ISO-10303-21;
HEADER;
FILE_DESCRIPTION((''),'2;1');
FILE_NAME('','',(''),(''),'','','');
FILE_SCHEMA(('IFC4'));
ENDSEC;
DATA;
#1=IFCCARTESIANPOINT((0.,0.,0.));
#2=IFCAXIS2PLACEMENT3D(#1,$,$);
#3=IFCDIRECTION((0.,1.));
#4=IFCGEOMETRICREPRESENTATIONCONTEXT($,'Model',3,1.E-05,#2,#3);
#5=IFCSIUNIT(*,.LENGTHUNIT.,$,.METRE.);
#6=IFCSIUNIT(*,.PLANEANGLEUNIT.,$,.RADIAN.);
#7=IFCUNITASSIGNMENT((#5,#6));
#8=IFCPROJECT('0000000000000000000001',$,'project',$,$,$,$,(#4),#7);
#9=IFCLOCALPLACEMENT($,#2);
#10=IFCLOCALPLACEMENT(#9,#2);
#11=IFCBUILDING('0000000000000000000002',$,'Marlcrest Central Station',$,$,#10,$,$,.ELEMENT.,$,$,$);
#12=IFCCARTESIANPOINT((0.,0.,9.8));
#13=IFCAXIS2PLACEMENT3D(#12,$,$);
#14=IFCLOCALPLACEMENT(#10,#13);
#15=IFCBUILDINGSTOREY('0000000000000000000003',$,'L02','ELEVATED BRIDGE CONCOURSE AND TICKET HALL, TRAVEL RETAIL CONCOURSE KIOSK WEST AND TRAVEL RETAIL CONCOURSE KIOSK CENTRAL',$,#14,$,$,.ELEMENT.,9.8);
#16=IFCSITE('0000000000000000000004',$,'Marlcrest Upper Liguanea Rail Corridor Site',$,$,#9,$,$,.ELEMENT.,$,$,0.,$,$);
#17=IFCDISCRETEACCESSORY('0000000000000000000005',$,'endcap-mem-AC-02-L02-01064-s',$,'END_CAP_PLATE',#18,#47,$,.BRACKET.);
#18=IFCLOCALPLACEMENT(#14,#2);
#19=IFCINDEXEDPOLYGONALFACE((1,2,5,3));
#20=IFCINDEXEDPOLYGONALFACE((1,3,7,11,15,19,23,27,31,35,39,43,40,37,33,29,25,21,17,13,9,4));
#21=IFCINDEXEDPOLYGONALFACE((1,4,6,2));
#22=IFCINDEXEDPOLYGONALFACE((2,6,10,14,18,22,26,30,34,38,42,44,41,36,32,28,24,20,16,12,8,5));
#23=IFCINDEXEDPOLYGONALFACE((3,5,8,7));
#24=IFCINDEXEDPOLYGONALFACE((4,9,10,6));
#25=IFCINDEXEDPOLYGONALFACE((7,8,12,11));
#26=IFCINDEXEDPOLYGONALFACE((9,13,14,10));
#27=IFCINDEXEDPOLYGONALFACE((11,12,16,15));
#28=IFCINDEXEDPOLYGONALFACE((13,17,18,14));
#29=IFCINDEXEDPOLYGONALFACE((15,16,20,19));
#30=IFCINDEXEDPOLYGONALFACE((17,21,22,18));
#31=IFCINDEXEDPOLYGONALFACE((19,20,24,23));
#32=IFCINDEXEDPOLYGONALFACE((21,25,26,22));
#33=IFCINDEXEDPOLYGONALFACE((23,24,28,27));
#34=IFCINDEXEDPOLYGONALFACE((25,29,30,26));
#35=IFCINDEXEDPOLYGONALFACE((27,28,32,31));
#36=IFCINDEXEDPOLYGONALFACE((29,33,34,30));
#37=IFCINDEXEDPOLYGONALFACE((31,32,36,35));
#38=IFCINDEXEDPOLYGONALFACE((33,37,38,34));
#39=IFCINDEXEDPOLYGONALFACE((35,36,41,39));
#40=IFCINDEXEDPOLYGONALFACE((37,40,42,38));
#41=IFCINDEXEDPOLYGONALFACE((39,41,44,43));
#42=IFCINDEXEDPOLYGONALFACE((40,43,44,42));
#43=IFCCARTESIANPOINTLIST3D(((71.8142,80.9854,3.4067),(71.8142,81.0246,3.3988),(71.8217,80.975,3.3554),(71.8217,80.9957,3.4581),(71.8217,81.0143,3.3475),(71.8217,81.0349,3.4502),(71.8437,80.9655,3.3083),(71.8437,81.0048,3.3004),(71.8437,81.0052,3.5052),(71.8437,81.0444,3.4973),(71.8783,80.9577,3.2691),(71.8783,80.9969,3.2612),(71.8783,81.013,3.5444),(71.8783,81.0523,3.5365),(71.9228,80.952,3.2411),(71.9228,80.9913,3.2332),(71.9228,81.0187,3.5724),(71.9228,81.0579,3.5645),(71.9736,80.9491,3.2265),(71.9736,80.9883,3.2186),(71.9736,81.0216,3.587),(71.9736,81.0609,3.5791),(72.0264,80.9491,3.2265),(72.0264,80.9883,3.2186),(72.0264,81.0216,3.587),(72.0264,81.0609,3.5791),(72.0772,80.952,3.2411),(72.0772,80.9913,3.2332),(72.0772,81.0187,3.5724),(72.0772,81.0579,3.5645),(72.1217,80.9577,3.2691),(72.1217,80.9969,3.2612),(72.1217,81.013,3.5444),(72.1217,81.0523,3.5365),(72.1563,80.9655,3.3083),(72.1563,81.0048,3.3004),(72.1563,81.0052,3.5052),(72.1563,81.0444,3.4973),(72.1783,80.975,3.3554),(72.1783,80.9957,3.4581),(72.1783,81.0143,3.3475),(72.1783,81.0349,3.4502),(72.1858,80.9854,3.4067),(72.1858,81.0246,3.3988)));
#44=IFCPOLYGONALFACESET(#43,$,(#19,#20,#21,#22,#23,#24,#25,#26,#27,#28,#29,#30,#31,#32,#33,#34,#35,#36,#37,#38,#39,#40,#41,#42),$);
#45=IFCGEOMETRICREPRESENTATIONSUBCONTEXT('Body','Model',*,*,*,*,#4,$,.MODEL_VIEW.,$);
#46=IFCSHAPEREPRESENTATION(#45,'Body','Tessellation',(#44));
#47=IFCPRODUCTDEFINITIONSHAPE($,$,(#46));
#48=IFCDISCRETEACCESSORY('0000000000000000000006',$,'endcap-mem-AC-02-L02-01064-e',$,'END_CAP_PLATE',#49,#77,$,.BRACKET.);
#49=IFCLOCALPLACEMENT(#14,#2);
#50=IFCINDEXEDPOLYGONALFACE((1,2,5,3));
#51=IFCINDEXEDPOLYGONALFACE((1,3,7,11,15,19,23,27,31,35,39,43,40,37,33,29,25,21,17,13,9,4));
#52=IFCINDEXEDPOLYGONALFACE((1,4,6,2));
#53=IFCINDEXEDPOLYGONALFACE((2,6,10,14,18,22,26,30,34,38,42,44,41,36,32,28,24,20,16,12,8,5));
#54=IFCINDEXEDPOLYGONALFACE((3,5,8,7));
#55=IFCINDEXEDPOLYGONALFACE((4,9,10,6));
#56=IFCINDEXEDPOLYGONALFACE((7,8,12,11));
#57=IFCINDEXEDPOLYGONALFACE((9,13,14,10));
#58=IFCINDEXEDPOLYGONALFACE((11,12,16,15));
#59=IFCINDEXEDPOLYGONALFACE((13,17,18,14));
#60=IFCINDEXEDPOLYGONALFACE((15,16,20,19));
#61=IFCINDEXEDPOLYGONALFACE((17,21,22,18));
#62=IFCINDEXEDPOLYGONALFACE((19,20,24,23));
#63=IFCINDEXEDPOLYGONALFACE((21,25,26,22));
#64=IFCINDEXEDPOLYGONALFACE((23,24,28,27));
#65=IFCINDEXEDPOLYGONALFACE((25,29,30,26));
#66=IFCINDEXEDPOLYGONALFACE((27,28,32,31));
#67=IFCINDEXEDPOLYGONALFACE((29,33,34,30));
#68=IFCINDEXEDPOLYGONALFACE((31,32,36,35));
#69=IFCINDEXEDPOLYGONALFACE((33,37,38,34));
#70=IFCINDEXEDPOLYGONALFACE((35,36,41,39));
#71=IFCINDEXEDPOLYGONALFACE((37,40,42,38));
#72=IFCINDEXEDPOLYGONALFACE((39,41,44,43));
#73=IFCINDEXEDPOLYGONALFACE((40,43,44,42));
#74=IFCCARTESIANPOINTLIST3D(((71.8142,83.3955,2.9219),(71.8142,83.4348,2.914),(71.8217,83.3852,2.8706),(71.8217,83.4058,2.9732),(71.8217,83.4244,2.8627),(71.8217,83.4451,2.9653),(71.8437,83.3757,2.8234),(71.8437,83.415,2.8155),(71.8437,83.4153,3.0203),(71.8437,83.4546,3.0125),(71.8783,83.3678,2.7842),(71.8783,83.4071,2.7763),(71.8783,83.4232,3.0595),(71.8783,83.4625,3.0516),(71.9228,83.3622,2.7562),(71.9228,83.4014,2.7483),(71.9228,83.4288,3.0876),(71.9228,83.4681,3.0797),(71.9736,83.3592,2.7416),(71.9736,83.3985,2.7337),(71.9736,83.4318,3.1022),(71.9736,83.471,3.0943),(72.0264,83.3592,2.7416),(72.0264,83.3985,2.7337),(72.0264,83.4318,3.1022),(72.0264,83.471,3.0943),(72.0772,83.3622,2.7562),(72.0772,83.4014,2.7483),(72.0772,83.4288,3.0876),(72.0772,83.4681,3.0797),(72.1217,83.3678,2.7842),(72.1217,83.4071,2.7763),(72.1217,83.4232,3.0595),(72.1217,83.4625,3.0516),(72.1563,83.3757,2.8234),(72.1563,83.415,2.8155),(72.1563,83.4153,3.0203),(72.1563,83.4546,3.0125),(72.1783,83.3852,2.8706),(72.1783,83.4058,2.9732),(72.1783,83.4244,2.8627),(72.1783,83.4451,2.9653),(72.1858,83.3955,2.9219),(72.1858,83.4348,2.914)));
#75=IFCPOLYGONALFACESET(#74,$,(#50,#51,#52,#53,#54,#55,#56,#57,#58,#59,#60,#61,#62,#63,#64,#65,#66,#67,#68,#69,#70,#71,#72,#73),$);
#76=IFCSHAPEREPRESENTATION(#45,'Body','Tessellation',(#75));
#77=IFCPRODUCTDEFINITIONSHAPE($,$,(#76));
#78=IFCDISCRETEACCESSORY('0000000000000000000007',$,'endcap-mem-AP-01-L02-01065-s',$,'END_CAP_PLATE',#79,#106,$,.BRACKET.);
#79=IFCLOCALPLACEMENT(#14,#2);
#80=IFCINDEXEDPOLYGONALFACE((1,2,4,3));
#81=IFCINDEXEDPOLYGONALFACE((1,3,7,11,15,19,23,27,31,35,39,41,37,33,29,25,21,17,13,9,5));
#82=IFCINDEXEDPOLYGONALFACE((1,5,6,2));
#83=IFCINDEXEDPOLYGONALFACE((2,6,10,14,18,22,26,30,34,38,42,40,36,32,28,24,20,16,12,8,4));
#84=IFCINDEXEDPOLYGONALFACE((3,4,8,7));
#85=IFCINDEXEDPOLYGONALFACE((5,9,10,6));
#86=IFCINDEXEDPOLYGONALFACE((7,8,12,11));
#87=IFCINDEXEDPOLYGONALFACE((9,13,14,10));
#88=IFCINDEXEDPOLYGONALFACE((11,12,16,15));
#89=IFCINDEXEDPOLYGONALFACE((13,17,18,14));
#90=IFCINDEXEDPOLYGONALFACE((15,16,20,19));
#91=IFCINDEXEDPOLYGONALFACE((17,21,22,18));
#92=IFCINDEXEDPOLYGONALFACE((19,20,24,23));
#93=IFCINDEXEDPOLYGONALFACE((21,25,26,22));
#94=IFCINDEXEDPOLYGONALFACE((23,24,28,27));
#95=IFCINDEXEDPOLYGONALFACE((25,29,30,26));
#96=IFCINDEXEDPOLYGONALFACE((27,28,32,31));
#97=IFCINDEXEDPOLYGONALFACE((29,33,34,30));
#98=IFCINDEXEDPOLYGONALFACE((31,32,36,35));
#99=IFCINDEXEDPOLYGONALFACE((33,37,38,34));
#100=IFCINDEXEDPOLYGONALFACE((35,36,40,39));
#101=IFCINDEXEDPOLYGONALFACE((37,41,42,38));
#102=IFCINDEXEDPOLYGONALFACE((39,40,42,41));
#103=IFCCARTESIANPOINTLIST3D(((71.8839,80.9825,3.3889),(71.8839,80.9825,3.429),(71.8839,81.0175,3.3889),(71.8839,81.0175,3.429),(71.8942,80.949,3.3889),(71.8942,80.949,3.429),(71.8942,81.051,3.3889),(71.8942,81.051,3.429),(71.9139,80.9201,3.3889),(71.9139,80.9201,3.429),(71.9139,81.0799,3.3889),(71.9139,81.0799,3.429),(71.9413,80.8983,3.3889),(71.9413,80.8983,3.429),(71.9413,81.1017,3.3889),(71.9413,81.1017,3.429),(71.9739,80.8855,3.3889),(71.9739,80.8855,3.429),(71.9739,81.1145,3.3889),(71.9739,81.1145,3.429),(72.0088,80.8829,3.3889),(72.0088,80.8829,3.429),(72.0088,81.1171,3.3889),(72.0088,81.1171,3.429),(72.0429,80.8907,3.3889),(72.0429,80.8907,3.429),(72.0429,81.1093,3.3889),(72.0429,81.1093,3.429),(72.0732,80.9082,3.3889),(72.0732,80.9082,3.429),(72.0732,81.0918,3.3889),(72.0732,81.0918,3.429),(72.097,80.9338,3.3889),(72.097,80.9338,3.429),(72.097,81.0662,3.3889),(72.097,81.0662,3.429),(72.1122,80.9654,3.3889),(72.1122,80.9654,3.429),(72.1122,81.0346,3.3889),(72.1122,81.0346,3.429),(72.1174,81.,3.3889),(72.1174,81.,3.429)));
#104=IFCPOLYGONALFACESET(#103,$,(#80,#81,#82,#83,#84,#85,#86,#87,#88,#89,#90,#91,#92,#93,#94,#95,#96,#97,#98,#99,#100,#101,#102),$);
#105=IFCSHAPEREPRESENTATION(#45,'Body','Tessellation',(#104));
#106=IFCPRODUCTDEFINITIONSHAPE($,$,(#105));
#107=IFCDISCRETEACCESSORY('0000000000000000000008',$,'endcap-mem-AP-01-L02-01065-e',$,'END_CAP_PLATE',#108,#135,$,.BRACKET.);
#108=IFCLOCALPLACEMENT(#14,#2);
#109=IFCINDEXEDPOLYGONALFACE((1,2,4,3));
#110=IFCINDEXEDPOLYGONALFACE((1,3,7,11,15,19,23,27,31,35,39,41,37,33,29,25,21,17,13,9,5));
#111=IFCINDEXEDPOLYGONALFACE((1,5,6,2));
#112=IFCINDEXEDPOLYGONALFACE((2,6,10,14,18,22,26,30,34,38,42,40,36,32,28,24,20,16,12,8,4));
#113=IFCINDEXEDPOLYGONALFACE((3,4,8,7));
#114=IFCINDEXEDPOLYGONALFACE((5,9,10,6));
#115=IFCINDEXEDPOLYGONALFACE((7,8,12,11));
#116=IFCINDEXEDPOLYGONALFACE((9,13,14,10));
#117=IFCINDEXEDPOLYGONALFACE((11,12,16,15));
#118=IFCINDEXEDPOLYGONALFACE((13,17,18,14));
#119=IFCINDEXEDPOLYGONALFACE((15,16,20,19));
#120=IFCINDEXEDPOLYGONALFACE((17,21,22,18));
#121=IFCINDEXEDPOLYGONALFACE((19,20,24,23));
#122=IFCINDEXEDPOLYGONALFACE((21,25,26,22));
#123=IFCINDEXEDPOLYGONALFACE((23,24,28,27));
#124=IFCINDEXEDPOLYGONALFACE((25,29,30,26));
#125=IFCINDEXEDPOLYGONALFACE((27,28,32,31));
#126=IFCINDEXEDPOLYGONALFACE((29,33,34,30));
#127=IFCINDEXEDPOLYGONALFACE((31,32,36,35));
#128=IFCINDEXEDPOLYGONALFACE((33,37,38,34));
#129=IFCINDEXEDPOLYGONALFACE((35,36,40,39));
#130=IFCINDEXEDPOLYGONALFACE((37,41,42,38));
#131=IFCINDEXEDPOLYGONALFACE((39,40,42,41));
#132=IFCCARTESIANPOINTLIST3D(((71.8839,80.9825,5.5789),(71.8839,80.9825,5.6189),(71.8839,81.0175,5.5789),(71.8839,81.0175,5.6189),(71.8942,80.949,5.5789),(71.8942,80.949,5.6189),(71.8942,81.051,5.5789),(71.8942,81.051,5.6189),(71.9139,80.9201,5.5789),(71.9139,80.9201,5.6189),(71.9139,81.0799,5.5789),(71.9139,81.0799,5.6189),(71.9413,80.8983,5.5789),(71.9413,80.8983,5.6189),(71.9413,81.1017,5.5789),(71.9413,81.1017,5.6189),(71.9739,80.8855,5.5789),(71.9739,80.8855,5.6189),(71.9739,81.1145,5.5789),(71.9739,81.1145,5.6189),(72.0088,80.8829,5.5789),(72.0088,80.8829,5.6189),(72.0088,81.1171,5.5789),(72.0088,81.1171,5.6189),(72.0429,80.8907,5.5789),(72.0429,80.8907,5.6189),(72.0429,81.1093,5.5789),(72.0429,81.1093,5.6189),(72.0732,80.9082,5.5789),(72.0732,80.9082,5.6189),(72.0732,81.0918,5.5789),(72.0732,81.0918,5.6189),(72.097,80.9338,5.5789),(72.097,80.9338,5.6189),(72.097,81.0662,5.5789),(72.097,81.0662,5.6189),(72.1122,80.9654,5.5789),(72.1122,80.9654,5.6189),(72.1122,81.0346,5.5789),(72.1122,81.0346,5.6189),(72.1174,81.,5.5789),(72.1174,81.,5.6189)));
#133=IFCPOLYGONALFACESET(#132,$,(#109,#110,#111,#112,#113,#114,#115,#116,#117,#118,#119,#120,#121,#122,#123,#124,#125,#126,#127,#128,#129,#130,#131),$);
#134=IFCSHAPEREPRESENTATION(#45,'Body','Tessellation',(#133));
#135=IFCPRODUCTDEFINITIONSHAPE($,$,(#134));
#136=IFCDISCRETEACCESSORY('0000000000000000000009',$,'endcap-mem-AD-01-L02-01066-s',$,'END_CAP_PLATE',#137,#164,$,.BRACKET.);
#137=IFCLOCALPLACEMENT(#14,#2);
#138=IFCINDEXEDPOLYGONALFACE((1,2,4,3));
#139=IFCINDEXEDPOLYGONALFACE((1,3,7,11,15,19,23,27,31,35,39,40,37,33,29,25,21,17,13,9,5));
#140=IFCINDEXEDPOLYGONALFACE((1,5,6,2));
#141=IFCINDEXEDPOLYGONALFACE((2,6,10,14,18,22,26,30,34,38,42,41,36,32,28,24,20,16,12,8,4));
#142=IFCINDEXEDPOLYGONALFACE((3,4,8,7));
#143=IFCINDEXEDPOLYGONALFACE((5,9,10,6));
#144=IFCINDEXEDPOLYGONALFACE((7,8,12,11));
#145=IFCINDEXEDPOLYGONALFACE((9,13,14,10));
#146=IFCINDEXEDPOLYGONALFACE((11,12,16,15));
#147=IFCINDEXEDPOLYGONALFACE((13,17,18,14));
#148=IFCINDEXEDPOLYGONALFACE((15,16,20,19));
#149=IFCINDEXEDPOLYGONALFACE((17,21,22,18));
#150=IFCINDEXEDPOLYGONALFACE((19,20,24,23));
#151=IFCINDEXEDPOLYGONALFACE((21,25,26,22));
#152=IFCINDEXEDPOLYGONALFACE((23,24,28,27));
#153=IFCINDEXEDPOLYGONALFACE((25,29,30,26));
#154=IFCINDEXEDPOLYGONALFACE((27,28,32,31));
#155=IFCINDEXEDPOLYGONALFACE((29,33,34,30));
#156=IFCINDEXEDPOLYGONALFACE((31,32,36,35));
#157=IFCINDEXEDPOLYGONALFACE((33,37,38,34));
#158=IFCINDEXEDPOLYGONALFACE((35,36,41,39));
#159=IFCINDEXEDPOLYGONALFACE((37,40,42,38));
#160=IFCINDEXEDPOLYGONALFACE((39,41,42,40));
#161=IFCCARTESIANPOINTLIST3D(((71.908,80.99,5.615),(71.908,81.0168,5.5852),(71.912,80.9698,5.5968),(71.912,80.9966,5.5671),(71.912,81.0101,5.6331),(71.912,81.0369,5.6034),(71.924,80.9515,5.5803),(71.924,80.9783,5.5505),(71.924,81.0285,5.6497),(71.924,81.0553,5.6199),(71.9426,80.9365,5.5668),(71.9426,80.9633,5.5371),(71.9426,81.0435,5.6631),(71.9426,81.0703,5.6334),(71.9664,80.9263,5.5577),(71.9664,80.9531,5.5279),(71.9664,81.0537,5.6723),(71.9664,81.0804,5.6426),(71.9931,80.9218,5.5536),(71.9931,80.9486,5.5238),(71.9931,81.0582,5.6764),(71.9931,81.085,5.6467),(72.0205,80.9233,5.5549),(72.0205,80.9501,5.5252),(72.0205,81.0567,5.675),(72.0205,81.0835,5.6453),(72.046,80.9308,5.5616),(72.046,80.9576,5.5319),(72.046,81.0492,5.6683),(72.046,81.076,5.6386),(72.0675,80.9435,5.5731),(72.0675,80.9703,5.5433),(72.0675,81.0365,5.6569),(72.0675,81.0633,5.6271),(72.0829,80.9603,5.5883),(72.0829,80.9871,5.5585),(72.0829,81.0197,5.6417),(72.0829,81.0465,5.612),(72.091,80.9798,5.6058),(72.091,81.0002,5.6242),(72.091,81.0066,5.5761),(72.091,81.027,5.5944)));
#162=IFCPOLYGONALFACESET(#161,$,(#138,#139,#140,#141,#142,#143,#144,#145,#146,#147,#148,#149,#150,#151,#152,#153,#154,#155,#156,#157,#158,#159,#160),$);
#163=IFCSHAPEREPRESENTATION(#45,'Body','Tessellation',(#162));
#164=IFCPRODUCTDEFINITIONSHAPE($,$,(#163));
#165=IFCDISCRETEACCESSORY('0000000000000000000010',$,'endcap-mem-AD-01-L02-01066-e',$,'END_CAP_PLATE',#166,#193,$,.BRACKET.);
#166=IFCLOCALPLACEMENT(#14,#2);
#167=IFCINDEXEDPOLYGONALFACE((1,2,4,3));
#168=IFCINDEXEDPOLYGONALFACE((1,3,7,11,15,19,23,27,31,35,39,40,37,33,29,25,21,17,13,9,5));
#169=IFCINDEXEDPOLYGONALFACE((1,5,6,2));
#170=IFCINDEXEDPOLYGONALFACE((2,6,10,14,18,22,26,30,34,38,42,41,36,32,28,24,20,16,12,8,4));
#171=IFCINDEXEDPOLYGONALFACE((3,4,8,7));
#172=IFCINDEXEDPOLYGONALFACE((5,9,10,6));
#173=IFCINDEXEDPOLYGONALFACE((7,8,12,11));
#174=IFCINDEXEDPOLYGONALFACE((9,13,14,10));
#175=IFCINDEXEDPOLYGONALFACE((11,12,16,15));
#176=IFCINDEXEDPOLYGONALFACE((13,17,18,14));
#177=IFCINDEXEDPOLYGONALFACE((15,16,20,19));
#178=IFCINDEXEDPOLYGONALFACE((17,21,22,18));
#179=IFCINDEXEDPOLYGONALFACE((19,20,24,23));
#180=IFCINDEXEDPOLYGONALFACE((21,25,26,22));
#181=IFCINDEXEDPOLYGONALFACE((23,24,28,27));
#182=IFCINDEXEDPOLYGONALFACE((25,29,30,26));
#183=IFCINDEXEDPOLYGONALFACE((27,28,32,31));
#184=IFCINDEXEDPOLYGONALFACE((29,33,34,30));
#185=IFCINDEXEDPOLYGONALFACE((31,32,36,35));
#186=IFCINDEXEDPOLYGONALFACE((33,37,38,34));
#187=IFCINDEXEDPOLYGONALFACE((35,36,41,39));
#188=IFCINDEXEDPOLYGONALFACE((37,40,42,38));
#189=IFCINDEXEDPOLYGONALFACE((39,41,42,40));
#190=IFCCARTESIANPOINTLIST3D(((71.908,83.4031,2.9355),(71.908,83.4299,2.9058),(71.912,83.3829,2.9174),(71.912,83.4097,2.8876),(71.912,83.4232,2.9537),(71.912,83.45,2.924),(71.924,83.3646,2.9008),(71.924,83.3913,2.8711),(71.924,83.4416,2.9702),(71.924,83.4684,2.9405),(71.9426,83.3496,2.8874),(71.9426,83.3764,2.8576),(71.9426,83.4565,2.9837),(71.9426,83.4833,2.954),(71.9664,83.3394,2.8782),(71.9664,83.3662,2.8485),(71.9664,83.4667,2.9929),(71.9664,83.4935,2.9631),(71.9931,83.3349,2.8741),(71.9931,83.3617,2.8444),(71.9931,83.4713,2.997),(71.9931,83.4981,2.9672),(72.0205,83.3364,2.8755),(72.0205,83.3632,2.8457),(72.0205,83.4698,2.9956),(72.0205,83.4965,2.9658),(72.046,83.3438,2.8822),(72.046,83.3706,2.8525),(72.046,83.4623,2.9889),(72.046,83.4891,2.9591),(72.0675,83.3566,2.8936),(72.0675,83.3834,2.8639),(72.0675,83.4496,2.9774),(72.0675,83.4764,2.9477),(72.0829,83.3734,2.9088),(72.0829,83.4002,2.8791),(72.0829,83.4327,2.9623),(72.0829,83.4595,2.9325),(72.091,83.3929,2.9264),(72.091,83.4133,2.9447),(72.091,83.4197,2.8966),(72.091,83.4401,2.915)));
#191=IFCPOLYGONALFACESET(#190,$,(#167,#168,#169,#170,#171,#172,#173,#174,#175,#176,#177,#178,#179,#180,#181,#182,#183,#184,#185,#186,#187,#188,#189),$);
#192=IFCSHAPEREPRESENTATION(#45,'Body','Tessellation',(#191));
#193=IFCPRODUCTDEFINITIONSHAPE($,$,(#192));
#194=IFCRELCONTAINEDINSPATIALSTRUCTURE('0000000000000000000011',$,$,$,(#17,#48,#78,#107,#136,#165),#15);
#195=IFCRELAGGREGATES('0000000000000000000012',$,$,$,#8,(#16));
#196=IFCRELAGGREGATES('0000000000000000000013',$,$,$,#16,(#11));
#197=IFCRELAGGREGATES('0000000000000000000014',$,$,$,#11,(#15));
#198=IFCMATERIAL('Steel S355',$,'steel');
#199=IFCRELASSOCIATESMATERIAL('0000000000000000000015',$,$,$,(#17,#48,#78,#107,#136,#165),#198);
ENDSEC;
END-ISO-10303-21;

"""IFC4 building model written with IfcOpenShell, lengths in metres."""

from ifc_helpers import new_model, si_unit, direction, frame, origin, origin_2d, place, context, subcontext, project, spatial, circle, extrude, material, element, save


model = new_model("IFC4")

# Units and contexts
model_context = context("Model", 3, precision=1e-05, world=origin(), true_north=direction((0.0, 1.0)))
body_context = subcontext(model_context, "Body", "Model", "MODEL_VIEW")
ifc_project = project(units=[si_unit("LENGTHUNIT", "METRE"), si_unit("PLANEANGLEUNIT", "RADIAN")], contexts=[model_context])

# Site, building, storey
site_placement = place(None, origin())
site = spatial("IfcSite", under=ifc_project, at=site_placement, Name="Marlcrest Upper Liguanea Rail Corridor Site", CompositionType="ELEMENT", RefElevation=0.0)
building_placement = place(site_placement, origin())
building = spatial("IfcBuilding", under=site, at=building_placement, Name="Marlcrest Central Station", CompositionType="ELEMENT")
storey_placement = place(building_placement, frame((0.0, 0.0, 9.8)))
storey = spatial("IfcBuildingStorey", under=building, at=storey_placement, Name="L02", Description="ELEVATED BRIDGE CONCOURSE AND TICKET HALL, TRAVEL RETAIL CONCOURSE KIOSK WEST AND TRAVEL RETAIL CONCOURSE KIOSK CENTRAL", CompositionType="ELEMENT", Elevation=9.8)

# Shared definitions
ifc_material_1 = material(Name="Steel S355", Category="steel")

# Discrete accessories
for number, where, z_axis, x_axis, name in (
    (1, (72.0, 80.9854, 3.4067), (0.0, 0.980359, -0.197219), (-1.0, 0.0, 0.0), "endcap-mem-AC-02-L02-01064-s"),
    (2, (72.0, 83.3955, 2.9219), (0.0, 0.980359, -0.197219), (-1.0, 0.0, 0.0), "endcap-mem-AC-02-L02-01064-e"),
):
    element("IfcDiscreteAccessory", number, at=place(storey_placement, frame(where, z_axis=z_axis, x_axis=x_axis)), inside=storey, material=ifc_material_1, Name=name, ObjectType="END_CAP_PLATE", PredefinedType="BRACKET", context=body_context, shape_type="SweptSolid", body=[
        extrude(circle(Radius=0.1858, at=origin_2d()), origin(), (0.0, 0.0, 1.0), 0.04),
    ])
for number, where, z_axis, x_axis, name in (
    (3, (72.0, 81.0, 3.3889), (0.0, 0.0, 1.0), (1.0, 0.0, 0.0), "endcap-mem-AP-01-L02-01065-s"),
    (4, (72.0, 81.0, 5.5789), (0.0, 0.0, 1.0), (1.0, 0.0, 0.0), "endcap-mem-AP-01-L02-01065-e"),
):
    element("IfcDiscreteAccessory", number, at=place(storey_placement, frame(where, z_axis=z_axis, x_axis=x_axis)), inside=storey, material=ifc_material_1, Name=name, ObjectType="END_CAP_PLATE", PredefinedType="BRACKET", context=body_context, shape_type="SweptSolid", body=[
        extrude(circle(Radius=0.1174, at=origin_2d()), origin(), (0.0, 0.0, 1.0), 0.04),
    ])
for number, where, z_axis, x_axis, name in (
    (5, (72.0, 80.99, 5.615), (0.0, 0.669244, -0.743042), (-1.0, 0.0, 0.0), "endcap-mem-AD-01-L02-01066-s"),
    (6, (72.0, 83.4031, 2.9355), (0.0, 0.669244, -0.743042), (-1.0, 0.0, 0.0), "endcap-mem-AD-01-L02-01066-e"),
):
    element("IfcDiscreteAccessory", number, at=place(storey_placement, frame(where, z_axis=z_axis, x_axis=x_axis)), inside=storey, material=ifc_material_1, Name=name, ObjectType="END_CAP_PLATE", PredefinedType="BRACKET", context=body_context, shape_type="SweptSolid", body=[
        extrude(circle(Radius=0.092, at=origin_2d()), origin(), (0.0, 0.0, 1.0), 0.04),
    ])

save(model, "model.ifc")
